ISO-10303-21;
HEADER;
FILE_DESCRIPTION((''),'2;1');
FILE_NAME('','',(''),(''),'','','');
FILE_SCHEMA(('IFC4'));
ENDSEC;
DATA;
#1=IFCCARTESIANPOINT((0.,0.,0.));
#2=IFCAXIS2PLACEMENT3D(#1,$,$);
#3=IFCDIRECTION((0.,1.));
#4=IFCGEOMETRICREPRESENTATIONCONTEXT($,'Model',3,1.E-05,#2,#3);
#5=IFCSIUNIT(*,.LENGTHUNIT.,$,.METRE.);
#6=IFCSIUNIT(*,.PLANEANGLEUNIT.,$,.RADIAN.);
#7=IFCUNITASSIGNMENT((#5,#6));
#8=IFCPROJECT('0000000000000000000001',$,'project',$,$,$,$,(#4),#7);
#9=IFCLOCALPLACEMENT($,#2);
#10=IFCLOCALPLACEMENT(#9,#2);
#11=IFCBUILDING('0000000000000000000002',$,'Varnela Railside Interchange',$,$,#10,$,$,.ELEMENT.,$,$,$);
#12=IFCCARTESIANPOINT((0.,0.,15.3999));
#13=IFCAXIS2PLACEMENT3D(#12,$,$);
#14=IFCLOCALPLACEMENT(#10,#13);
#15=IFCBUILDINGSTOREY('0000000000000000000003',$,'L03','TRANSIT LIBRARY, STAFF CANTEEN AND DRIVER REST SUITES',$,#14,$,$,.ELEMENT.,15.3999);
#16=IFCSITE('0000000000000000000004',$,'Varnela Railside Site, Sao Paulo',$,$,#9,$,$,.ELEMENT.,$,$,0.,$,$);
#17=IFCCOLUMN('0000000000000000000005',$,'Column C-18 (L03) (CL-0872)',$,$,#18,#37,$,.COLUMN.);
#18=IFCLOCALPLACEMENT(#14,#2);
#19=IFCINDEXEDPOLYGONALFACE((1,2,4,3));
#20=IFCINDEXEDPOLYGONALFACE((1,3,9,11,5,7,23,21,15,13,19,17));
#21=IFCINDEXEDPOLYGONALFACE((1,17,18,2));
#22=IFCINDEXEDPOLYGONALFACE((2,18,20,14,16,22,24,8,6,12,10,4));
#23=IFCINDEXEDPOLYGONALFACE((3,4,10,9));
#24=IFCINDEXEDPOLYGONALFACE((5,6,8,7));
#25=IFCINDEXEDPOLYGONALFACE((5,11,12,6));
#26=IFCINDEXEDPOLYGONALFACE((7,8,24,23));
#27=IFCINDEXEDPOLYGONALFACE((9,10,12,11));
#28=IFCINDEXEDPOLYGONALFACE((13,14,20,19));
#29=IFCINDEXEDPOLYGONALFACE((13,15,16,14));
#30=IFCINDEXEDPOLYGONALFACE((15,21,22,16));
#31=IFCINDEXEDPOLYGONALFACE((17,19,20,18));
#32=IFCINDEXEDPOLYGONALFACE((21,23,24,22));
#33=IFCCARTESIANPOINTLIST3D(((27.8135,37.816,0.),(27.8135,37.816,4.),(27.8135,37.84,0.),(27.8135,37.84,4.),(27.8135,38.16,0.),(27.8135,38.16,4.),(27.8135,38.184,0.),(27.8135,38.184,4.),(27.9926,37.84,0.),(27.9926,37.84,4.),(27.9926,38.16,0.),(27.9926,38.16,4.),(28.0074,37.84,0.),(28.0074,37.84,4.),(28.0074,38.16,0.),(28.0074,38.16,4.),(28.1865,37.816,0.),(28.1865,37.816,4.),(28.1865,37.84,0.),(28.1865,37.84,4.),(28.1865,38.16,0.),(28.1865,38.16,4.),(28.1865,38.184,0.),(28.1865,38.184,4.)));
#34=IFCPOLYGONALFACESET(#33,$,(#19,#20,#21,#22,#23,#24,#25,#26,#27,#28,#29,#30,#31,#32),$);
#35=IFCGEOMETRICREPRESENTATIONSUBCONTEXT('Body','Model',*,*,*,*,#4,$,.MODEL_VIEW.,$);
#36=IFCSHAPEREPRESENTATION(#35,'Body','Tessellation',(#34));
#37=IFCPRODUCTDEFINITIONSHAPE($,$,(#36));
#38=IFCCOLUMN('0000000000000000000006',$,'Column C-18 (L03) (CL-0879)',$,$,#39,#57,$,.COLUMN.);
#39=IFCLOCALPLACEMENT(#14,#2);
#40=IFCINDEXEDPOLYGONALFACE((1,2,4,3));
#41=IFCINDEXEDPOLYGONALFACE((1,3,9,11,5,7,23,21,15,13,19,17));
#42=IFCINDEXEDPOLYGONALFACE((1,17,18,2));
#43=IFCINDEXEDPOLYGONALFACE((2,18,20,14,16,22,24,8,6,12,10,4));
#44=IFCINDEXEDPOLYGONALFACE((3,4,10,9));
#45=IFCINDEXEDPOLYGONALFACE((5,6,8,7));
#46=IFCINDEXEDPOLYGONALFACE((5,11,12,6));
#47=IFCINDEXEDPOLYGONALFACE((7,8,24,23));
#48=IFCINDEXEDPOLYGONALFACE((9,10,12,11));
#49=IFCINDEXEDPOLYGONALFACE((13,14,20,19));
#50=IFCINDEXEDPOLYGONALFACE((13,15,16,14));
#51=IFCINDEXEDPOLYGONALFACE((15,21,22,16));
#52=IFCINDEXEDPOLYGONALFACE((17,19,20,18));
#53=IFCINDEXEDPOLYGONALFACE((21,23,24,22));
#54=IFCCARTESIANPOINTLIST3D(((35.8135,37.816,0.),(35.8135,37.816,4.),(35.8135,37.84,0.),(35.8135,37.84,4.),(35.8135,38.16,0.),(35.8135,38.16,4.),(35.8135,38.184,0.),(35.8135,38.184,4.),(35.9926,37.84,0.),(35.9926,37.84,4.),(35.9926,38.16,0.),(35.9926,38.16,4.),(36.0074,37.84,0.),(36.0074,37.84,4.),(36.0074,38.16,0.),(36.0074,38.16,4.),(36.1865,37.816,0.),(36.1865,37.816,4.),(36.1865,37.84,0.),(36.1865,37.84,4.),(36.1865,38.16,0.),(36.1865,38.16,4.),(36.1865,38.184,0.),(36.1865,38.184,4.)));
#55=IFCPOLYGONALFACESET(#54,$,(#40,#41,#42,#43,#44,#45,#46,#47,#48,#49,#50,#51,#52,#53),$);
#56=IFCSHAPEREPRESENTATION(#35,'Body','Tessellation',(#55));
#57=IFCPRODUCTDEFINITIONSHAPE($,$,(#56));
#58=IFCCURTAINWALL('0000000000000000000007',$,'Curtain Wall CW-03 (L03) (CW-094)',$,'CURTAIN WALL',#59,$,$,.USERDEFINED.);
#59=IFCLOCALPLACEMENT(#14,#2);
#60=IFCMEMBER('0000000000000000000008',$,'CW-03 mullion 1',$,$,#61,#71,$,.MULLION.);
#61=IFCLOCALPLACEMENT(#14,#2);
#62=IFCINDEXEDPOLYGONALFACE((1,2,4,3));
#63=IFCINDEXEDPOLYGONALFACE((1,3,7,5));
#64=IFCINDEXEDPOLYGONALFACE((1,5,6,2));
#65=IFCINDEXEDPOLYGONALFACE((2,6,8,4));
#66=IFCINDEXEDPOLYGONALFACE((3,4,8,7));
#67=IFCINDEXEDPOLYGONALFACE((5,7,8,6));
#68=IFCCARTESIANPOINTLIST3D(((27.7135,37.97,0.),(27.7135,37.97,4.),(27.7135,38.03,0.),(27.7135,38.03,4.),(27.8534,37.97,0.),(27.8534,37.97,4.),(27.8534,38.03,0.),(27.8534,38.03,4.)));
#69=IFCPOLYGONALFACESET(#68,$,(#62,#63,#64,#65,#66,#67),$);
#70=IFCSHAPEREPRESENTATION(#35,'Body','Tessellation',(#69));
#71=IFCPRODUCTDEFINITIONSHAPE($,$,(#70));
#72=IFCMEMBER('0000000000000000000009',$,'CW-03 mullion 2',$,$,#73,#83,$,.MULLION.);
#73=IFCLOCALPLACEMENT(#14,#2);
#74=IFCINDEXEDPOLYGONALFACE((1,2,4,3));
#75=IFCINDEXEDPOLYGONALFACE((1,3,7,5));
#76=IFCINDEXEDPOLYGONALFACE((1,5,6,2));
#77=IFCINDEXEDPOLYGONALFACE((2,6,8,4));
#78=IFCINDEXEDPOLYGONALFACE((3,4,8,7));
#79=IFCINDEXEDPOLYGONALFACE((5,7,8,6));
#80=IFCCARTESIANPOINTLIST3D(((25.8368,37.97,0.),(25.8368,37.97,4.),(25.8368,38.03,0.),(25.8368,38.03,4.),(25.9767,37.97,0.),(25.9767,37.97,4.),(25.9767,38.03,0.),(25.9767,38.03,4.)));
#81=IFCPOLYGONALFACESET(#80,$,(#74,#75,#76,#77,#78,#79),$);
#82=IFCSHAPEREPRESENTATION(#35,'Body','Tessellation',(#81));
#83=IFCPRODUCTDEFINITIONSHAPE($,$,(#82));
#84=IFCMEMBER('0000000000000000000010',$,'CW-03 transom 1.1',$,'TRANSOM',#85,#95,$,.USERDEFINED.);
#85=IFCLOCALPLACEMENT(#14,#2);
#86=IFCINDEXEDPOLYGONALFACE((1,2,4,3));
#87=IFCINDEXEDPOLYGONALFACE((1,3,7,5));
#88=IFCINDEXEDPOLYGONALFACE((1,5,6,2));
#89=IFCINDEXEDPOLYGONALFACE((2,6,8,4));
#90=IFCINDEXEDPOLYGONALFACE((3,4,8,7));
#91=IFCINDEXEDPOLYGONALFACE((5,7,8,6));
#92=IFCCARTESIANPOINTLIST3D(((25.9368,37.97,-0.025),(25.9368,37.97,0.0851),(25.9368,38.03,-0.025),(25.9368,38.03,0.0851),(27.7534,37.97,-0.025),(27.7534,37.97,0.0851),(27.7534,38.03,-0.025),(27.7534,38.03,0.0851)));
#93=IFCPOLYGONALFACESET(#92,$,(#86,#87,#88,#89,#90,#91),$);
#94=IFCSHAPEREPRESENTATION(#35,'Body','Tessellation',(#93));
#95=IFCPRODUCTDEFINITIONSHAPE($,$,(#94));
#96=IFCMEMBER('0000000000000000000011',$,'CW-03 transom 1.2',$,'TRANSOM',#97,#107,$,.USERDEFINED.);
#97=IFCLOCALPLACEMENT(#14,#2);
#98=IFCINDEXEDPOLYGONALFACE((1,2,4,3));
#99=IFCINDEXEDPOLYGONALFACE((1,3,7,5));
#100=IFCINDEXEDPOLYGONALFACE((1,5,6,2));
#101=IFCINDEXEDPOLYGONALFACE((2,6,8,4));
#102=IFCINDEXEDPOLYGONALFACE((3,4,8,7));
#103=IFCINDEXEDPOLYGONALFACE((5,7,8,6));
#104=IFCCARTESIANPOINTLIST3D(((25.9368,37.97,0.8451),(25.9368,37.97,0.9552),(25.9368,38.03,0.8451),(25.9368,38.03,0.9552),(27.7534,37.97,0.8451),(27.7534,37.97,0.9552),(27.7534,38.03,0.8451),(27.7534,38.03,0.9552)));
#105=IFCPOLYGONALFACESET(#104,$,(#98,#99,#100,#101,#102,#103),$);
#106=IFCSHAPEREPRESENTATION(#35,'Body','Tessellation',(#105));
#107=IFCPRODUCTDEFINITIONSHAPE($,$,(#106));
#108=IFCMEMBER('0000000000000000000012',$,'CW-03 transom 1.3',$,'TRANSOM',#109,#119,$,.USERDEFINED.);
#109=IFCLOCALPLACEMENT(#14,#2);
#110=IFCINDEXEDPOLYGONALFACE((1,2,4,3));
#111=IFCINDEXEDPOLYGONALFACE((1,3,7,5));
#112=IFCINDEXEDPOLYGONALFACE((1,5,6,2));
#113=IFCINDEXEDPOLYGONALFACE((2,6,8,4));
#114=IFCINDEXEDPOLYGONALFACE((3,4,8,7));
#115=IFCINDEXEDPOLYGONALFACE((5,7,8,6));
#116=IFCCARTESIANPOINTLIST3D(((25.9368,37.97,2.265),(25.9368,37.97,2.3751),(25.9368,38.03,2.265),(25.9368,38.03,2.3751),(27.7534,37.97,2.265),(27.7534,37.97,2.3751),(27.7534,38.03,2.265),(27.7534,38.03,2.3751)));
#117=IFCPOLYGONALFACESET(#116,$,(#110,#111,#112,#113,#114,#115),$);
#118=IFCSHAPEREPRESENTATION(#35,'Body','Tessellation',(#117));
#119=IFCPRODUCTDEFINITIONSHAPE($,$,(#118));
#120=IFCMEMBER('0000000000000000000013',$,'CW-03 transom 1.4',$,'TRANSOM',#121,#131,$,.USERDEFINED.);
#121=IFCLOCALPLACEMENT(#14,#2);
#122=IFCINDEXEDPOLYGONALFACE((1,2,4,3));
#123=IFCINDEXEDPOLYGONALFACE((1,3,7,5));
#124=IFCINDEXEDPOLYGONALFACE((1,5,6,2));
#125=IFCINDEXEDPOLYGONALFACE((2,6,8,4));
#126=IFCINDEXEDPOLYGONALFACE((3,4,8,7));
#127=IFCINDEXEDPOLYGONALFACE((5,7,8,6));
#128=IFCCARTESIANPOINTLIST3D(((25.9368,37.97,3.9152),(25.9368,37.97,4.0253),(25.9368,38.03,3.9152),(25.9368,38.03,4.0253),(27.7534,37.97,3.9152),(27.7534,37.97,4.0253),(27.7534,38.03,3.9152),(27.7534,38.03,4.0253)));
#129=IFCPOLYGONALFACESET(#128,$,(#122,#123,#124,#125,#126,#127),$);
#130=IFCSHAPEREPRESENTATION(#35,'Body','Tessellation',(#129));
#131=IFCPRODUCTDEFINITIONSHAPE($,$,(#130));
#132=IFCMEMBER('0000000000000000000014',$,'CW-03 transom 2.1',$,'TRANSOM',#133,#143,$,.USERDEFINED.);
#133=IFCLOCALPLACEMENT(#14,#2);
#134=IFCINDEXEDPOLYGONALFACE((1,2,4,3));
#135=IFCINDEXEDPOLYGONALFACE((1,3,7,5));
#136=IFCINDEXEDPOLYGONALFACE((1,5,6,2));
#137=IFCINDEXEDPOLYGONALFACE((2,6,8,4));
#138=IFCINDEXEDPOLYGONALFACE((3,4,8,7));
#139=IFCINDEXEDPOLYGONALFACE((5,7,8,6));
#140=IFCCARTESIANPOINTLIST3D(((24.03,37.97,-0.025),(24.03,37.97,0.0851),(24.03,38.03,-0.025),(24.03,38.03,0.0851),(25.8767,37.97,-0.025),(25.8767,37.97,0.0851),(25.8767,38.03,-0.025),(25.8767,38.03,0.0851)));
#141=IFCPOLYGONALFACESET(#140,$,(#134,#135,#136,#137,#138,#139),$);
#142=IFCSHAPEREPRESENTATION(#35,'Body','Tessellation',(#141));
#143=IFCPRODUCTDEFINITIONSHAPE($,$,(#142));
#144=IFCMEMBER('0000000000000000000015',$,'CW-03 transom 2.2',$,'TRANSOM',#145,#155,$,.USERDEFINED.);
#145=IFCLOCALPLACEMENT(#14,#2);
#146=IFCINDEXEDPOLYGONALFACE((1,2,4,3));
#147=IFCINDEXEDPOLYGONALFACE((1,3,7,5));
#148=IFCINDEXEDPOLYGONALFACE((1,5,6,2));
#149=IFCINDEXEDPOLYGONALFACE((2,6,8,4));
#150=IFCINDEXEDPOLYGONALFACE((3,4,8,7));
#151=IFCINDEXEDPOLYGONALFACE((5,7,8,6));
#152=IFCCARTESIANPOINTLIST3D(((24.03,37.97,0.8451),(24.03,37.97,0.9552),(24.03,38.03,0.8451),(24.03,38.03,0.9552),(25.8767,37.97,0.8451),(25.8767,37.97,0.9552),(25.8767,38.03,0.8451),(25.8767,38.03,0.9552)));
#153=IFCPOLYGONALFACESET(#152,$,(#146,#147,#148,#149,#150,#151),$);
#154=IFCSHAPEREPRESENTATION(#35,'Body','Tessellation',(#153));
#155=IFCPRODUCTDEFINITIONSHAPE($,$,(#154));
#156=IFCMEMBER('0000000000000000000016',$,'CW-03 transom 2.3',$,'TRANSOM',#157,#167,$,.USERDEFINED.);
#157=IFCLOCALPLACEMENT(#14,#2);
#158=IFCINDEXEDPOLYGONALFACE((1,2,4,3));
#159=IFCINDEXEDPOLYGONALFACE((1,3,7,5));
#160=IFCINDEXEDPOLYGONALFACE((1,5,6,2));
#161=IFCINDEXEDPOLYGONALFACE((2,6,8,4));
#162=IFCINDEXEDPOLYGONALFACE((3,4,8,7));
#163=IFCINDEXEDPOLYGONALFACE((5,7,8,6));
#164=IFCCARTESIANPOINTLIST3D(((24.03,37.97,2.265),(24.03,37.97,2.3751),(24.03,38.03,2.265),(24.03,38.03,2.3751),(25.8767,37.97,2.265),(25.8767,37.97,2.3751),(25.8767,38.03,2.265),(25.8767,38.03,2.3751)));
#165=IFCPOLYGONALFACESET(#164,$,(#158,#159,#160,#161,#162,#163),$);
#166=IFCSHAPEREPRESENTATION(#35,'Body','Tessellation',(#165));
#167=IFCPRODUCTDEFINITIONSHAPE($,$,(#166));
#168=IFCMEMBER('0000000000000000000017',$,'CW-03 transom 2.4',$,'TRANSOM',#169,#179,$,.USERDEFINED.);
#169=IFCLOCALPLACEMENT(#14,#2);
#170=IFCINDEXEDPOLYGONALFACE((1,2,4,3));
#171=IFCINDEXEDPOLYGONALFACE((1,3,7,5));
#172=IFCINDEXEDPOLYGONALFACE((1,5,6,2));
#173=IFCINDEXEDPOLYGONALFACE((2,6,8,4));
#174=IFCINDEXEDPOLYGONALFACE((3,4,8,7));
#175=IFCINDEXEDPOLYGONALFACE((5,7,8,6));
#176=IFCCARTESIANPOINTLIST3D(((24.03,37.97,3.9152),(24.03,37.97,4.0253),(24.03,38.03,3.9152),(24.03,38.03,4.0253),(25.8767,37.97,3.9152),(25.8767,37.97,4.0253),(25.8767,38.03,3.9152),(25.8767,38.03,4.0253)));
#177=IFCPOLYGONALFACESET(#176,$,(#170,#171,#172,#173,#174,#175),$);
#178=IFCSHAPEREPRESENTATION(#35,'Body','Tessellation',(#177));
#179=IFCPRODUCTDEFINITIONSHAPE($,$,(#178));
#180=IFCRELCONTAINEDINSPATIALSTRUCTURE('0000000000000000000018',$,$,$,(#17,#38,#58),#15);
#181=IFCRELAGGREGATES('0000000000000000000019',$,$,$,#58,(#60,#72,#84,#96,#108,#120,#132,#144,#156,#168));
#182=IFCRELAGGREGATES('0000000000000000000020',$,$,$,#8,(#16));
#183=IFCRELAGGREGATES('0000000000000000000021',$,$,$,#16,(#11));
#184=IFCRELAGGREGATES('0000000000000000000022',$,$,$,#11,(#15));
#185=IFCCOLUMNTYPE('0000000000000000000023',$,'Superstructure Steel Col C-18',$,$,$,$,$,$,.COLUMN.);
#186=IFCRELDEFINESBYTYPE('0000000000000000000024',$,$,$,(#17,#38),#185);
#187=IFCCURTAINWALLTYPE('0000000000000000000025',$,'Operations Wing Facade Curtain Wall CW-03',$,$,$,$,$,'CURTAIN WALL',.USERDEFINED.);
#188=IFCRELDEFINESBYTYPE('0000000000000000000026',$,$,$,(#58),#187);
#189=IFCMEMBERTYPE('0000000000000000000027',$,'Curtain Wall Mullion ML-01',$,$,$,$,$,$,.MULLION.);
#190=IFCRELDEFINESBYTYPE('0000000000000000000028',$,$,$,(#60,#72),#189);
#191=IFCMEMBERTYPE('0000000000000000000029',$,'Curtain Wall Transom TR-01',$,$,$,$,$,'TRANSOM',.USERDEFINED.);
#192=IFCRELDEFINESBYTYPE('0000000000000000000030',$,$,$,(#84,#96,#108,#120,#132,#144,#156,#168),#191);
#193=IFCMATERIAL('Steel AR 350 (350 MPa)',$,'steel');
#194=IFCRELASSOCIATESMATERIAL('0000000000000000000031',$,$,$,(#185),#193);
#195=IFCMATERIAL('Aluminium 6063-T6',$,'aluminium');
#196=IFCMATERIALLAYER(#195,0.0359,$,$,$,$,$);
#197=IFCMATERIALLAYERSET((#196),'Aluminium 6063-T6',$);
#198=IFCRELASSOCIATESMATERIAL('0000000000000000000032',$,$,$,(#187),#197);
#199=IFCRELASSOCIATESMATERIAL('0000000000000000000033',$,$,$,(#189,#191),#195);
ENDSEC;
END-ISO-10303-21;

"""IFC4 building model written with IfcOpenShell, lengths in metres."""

from ifc_helpers import new_model, si_unit, direction, frame, origin, origin_2d, place, context, subcontext, project, spatial, rectangle, i_section, extrude, material, layer, layer_set, material_profile, profile_set, type_object, element, aggregate, save


model = new_model("IFC4")

# Units and contexts
model_context = context("Model", 3, precision=1e-05, world=origin(), true_north=direction((0.0, 1.0)))
body_context = subcontext(model_context, "Body", "Model", "MODEL_VIEW")
ifc_project = project(units=[si_unit("LENGTHUNIT", "METRE"), si_unit("PLANEANGLEUNIT", "RADIAN")], contexts=[model_context])

# Site, building, storey
site_placement = place(None, origin())
site = spatial("IfcSite", under=ifc_project, at=site_placement, Name="Varnela Railside Site, Sao Paulo", CompositionType="ELEMENT", RefElevation=0.0)
building_placement = place(site_placement, origin())
building = spatial("IfcBuilding", under=site, at=building_placement, Name="Varnela Railside Interchange", CompositionType="ELEMENT")
storey_placement = place(building_placement, frame((0.0, 0.0, 15.3999)))
storey = spatial("IfcBuildingStorey", under=building, at=storey_placement, Name="L03", Description="TRANSIT LIBRARY, STAFF CANTEEN AND DRIVER REST SUITES", CompositionType="ELEMENT", Elevation=15.3999)

# Columns
ifc_material_1 = material(Name="Steel AR 350 (350 MPa)", Category="steel")
ifc_material_profile_1 = material_profile(ifc_material_1, i_section(OverallWidth=0.373, OverallDepth=0.3679, WebThickness=0.0149, FlangeThickness=0.0239, at=origin_2d()), Name="W360x179")
ifc_profile_set_1 = profile_set([ifc_material_profile_1], Name="Steel AR 350 (350 MPa)")
column_type = type_object("IfcColumnType", Name="Superstructure Steel Col C-18", PredefinedType="COLUMN", material=ifc_profile_set_1)
for number, where, z_axis, x_axis, name in (
    (1, (28.0, 38.0, 0.0), (0.0, 0.0, 1.0), (1.0, 0.0, 0.0), "Column C-18 (L03) (CL-0872)"),
    (2, (36.0, 38.0, 0.0), (0.0, 0.0, 1.0), (1.0, 0.0, 0.0), "Column C-18 (L03) (CL-0879)"),
):
    element("IfcColumn", number, at=place(storey_placement, frame(where, z_axis=z_axis, x_axis=x_axis)), inside=storey, type_object=column_type, Name=name, PredefinedType="COLUMN", context=body_context, shape_type="SweptSolid", body=[
        extrude(i_section(OverallWidth=0.373, OverallDepth=0.3679, WebThickness=0.0149, FlangeThickness=0.0239, at=origin_2d()), origin(), (0.0, 0.0, 1.0), 4.0),
    ])

# Curtain wall, members
ifc_material_2 = material(Name="Aluminium 6063-T6", Category="aluminium")
ifc_layer_1 = layer(ifc_material_2, 0.0359)
ifc_layer_set_1 = layer_set([ifc_layer_1], Name="Aluminium 6063-T6")
curtain_wall_type = type_object("IfcCurtainWallType", Name="Operations Wing Facade Curtain Wall CW-03", ElementType="CURTAIN WALL", PredefinedType="USERDEFINED", material=ifc_layer_set_1)
curtain_wall_placement = place(storey_placement, origin())
curtain_wall = element("IfcCurtainWall", 3, at=curtain_wall_placement, inside=storey, type_object=curtain_wall_type, Name="Curtain Wall CW-03 (L03) (CW-094)", ObjectType="CURTAIN WALL", PredefinedType="USERDEFINED")
ifc_material_profile_2 = material_profile(ifc_material_2, rectangle(XDim=0.0601, YDim=0.1399, at=origin_2d()), Name="ALU 60x140")
ifc_profile_set_2 = profile_set([ifc_material_profile_2], Name="Aluminium 6063-T6")
member_type_1 = type_object("IfcMemberType", Name="Curtain Wall Mullion ML-01", PredefinedType="MULLION", material=ifc_profile_set_2)
member_1_placement = place(storey_placement, frame((27.7834, 38.0, 0.0), z_axis=(0.0, 0.0, 1.0), x_axis=(0.0, -1.0, 0.0)))
member_1 = element("IfcMember", 4, at=member_1_placement, type_object=member_type_1, Name="CW-03 mullion 1", PredefinedType="MULLION", context=body_context, shape_type="SweptSolid", body=[
    extrude(rectangle(XDim=0.0601, YDim=0.1399, at=origin_2d()), origin(), (0.0, 0.0, 1.0), 4.0),
])
member_2_placement = place(storey_placement, frame((25.9067, 38.0, 0.0), z_axis=(0.0, 0.0, 1.0), x_axis=(0.0, -1.0, 0.0)))
member_2 = element("IfcMember", 5, at=member_2_placement, type_object=member_type_1, Name="CW-03 mullion 2", PredefinedType="MULLION", context=body_context, shape_type="SweptSolid", body=[
    extrude(rectangle(XDim=0.0601, YDim=0.1399, at=origin_2d()), origin(), (0.0, 0.0, 1.0), 4.0),
])
ifc_material_profile_3 = material_profile(ifc_material_2, rectangle(XDim=0.0601, YDim=0.1101, at=origin_2d()), Name="ALU 60x110")
ifc_profile_set_3 = profile_set([ifc_material_profile_3], Name="Aluminium 6063-T6")
member_type_2 = type_object("IfcMemberType", Name="Curtain Wall Transom TR-01", ElementType="TRANSOM", PredefinedType="USERDEFINED", material=ifc_profile_set_3)
member_3_placement = place(storey_placement, frame((27.7534, 38.0, 0.03), z_axis=(-1.0, 0.0, 0.0), x_axis=(0.0, -1.0, 0.0)))
member_3 = element("IfcMember", 6, at=member_3_placement, type_object=member_type_2, Name="CW-03 transom 1.1", ObjectType="TRANSOM", PredefinedType="USERDEFINED", context=body_context, shape_type="SweptSolid", body=[
    extrude(rectangle(XDim=0.0601, YDim=0.1101, at=origin_2d()), origin(), (0.0, 0.0, 1.0), 1.8167),
])
member_4_placement = place(storey_placement, frame((27.7534, 38.0, 0.9001), z_axis=(-1.0, 0.0, 0.0), x_axis=(0.0, -1.0, 0.0)))
member_4 = element("IfcMember", 7, at=member_4_placement, type_object=member_type_2, Name="CW-03 transom 1.2", ObjectType="TRANSOM", PredefinedType="USERDEFINED", context=body_context, shape_type="SweptSolid", body=[
    extrude(rectangle(XDim=0.0601, YDim=0.1101, at=origin_2d()), origin(), (0.0, 0.0, 1.0), 1.8167),
])
member_5_placement = place(storey_placement, frame((27.7534, 38.0, 2.3201), z_axis=(-1.0, 0.0, 0.0), x_axis=(0.0, -1.0, 0.0)))
member_5 = element("IfcMember", 8, at=member_5_placement, type_object=member_type_2, Name="CW-03 transom 1.3", ObjectType="TRANSOM", PredefinedType="USERDEFINED", context=body_context, shape_type="SweptSolid", body=[
    extrude(rectangle(XDim=0.0601, YDim=0.1101, at=origin_2d()), origin(), (0.0, 0.0, 1.0), 1.8167),
])
member_6_placement = place(storey_placement, frame((27.7534, 38.0, 3.9702), z_axis=(-1.0, 0.0, 0.0), x_axis=(0.0, -1.0, 0.0)))
member_6 = element("IfcMember", 9, at=member_6_placement, type_object=member_type_2, Name="CW-03 transom 1.4", ObjectType="TRANSOM", PredefinedType="USERDEFINED", context=body_context, shape_type="SweptSolid", body=[
    extrude(rectangle(XDim=0.0601, YDim=0.1101, at=origin_2d()), origin(), (0.0, 0.0, 1.0), 1.8167),
])
member_7_placement = place(storey_placement, frame((25.8767, 38.0, 0.03), z_axis=(-1.0, 0.0, 0.0), x_axis=(0.0, -1.0, 0.0)))
member_7 = element("IfcMember", 10, at=member_7_placement, type_object=member_type_2, Name="CW-03 transom 2.1", ObjectType="TRANSOM", PredefinedType="USERDEFINED", context=body_context, shape_type="SweptSolid", body=[
    extrude(rectangle(XDim=0.0601, YDim=0.1101, at=origin_2d()), origin(), (0.0, 0.0, 1.0), 1.8467),
])
member_8_placement = place(storey_placement, frame((25.8767, 38.0, 0.9001), z_axis=(-1.0, 0.0, 0.0), x_axis=(0.0, -1.0, 0.0)))
member_8 = element("IfcMember", 11, at=member_8_placement, type_object=member_type_2, Name="CW-03 transom 2.2", ObjectType="TRANSOM", PredefinedType="USERDEFINED", context=body_context, shape_type="SweptSolid", body=[
    extrude(rectangle(XDim=0.0601, YDim=0.1101, at=origin_2d()), origin(), (0.0, 0.0, 1.0), 1.8467),
])
member_9_placement = place(storey_placement, frame((25.8767, 38.0, 2.3201), z_axis=(-1.0, 0.0, 0.0), x_axis=(0.0, -1.0, 0.0)))
member_9 = element("IfcMember", 12, at=member_9_placement, type_object=member_type_2, Name="CW-03 transom 2.3", ObjectType="TRANSOM", PredefinedType="USERDEFINED", context=body_context, shape_type="SweptSolid", body=[
    extrude(rectangle(XDim=0.0601, YDim=0.1101, at=origin_2d()), origin(), (0.0, 0.0, 1.0), 1.8467),
])
member_10_placement = place(storey_placement, frame((25.8767, 38.0, 3.9702), z_axis=(-1.0, 0.0, 0.0), x_axis=(0.0, -1.0, 0.0)))
member_10 = element("IfcMember", 13, at=member_10_placement, type_object=member_type_2, Name="CW-03 transom 2.4", ObjectType="TRANSOM", PredefinedType="USERDEFINED", context=body_context, shape_type="SweptSolid", body=[
    extrude(rectangle(XDim=0.0601, YDim=0.1101, at=origin_2d()), origin(), (0.0, 0.0, 1.0), 1.8467),
])

aggregate(curtain_wall, [member_1, member_2, member_3, member_4, member_5, member_6, member_7, member_8, member_9, member_10])

save(model, "model.ifc")
